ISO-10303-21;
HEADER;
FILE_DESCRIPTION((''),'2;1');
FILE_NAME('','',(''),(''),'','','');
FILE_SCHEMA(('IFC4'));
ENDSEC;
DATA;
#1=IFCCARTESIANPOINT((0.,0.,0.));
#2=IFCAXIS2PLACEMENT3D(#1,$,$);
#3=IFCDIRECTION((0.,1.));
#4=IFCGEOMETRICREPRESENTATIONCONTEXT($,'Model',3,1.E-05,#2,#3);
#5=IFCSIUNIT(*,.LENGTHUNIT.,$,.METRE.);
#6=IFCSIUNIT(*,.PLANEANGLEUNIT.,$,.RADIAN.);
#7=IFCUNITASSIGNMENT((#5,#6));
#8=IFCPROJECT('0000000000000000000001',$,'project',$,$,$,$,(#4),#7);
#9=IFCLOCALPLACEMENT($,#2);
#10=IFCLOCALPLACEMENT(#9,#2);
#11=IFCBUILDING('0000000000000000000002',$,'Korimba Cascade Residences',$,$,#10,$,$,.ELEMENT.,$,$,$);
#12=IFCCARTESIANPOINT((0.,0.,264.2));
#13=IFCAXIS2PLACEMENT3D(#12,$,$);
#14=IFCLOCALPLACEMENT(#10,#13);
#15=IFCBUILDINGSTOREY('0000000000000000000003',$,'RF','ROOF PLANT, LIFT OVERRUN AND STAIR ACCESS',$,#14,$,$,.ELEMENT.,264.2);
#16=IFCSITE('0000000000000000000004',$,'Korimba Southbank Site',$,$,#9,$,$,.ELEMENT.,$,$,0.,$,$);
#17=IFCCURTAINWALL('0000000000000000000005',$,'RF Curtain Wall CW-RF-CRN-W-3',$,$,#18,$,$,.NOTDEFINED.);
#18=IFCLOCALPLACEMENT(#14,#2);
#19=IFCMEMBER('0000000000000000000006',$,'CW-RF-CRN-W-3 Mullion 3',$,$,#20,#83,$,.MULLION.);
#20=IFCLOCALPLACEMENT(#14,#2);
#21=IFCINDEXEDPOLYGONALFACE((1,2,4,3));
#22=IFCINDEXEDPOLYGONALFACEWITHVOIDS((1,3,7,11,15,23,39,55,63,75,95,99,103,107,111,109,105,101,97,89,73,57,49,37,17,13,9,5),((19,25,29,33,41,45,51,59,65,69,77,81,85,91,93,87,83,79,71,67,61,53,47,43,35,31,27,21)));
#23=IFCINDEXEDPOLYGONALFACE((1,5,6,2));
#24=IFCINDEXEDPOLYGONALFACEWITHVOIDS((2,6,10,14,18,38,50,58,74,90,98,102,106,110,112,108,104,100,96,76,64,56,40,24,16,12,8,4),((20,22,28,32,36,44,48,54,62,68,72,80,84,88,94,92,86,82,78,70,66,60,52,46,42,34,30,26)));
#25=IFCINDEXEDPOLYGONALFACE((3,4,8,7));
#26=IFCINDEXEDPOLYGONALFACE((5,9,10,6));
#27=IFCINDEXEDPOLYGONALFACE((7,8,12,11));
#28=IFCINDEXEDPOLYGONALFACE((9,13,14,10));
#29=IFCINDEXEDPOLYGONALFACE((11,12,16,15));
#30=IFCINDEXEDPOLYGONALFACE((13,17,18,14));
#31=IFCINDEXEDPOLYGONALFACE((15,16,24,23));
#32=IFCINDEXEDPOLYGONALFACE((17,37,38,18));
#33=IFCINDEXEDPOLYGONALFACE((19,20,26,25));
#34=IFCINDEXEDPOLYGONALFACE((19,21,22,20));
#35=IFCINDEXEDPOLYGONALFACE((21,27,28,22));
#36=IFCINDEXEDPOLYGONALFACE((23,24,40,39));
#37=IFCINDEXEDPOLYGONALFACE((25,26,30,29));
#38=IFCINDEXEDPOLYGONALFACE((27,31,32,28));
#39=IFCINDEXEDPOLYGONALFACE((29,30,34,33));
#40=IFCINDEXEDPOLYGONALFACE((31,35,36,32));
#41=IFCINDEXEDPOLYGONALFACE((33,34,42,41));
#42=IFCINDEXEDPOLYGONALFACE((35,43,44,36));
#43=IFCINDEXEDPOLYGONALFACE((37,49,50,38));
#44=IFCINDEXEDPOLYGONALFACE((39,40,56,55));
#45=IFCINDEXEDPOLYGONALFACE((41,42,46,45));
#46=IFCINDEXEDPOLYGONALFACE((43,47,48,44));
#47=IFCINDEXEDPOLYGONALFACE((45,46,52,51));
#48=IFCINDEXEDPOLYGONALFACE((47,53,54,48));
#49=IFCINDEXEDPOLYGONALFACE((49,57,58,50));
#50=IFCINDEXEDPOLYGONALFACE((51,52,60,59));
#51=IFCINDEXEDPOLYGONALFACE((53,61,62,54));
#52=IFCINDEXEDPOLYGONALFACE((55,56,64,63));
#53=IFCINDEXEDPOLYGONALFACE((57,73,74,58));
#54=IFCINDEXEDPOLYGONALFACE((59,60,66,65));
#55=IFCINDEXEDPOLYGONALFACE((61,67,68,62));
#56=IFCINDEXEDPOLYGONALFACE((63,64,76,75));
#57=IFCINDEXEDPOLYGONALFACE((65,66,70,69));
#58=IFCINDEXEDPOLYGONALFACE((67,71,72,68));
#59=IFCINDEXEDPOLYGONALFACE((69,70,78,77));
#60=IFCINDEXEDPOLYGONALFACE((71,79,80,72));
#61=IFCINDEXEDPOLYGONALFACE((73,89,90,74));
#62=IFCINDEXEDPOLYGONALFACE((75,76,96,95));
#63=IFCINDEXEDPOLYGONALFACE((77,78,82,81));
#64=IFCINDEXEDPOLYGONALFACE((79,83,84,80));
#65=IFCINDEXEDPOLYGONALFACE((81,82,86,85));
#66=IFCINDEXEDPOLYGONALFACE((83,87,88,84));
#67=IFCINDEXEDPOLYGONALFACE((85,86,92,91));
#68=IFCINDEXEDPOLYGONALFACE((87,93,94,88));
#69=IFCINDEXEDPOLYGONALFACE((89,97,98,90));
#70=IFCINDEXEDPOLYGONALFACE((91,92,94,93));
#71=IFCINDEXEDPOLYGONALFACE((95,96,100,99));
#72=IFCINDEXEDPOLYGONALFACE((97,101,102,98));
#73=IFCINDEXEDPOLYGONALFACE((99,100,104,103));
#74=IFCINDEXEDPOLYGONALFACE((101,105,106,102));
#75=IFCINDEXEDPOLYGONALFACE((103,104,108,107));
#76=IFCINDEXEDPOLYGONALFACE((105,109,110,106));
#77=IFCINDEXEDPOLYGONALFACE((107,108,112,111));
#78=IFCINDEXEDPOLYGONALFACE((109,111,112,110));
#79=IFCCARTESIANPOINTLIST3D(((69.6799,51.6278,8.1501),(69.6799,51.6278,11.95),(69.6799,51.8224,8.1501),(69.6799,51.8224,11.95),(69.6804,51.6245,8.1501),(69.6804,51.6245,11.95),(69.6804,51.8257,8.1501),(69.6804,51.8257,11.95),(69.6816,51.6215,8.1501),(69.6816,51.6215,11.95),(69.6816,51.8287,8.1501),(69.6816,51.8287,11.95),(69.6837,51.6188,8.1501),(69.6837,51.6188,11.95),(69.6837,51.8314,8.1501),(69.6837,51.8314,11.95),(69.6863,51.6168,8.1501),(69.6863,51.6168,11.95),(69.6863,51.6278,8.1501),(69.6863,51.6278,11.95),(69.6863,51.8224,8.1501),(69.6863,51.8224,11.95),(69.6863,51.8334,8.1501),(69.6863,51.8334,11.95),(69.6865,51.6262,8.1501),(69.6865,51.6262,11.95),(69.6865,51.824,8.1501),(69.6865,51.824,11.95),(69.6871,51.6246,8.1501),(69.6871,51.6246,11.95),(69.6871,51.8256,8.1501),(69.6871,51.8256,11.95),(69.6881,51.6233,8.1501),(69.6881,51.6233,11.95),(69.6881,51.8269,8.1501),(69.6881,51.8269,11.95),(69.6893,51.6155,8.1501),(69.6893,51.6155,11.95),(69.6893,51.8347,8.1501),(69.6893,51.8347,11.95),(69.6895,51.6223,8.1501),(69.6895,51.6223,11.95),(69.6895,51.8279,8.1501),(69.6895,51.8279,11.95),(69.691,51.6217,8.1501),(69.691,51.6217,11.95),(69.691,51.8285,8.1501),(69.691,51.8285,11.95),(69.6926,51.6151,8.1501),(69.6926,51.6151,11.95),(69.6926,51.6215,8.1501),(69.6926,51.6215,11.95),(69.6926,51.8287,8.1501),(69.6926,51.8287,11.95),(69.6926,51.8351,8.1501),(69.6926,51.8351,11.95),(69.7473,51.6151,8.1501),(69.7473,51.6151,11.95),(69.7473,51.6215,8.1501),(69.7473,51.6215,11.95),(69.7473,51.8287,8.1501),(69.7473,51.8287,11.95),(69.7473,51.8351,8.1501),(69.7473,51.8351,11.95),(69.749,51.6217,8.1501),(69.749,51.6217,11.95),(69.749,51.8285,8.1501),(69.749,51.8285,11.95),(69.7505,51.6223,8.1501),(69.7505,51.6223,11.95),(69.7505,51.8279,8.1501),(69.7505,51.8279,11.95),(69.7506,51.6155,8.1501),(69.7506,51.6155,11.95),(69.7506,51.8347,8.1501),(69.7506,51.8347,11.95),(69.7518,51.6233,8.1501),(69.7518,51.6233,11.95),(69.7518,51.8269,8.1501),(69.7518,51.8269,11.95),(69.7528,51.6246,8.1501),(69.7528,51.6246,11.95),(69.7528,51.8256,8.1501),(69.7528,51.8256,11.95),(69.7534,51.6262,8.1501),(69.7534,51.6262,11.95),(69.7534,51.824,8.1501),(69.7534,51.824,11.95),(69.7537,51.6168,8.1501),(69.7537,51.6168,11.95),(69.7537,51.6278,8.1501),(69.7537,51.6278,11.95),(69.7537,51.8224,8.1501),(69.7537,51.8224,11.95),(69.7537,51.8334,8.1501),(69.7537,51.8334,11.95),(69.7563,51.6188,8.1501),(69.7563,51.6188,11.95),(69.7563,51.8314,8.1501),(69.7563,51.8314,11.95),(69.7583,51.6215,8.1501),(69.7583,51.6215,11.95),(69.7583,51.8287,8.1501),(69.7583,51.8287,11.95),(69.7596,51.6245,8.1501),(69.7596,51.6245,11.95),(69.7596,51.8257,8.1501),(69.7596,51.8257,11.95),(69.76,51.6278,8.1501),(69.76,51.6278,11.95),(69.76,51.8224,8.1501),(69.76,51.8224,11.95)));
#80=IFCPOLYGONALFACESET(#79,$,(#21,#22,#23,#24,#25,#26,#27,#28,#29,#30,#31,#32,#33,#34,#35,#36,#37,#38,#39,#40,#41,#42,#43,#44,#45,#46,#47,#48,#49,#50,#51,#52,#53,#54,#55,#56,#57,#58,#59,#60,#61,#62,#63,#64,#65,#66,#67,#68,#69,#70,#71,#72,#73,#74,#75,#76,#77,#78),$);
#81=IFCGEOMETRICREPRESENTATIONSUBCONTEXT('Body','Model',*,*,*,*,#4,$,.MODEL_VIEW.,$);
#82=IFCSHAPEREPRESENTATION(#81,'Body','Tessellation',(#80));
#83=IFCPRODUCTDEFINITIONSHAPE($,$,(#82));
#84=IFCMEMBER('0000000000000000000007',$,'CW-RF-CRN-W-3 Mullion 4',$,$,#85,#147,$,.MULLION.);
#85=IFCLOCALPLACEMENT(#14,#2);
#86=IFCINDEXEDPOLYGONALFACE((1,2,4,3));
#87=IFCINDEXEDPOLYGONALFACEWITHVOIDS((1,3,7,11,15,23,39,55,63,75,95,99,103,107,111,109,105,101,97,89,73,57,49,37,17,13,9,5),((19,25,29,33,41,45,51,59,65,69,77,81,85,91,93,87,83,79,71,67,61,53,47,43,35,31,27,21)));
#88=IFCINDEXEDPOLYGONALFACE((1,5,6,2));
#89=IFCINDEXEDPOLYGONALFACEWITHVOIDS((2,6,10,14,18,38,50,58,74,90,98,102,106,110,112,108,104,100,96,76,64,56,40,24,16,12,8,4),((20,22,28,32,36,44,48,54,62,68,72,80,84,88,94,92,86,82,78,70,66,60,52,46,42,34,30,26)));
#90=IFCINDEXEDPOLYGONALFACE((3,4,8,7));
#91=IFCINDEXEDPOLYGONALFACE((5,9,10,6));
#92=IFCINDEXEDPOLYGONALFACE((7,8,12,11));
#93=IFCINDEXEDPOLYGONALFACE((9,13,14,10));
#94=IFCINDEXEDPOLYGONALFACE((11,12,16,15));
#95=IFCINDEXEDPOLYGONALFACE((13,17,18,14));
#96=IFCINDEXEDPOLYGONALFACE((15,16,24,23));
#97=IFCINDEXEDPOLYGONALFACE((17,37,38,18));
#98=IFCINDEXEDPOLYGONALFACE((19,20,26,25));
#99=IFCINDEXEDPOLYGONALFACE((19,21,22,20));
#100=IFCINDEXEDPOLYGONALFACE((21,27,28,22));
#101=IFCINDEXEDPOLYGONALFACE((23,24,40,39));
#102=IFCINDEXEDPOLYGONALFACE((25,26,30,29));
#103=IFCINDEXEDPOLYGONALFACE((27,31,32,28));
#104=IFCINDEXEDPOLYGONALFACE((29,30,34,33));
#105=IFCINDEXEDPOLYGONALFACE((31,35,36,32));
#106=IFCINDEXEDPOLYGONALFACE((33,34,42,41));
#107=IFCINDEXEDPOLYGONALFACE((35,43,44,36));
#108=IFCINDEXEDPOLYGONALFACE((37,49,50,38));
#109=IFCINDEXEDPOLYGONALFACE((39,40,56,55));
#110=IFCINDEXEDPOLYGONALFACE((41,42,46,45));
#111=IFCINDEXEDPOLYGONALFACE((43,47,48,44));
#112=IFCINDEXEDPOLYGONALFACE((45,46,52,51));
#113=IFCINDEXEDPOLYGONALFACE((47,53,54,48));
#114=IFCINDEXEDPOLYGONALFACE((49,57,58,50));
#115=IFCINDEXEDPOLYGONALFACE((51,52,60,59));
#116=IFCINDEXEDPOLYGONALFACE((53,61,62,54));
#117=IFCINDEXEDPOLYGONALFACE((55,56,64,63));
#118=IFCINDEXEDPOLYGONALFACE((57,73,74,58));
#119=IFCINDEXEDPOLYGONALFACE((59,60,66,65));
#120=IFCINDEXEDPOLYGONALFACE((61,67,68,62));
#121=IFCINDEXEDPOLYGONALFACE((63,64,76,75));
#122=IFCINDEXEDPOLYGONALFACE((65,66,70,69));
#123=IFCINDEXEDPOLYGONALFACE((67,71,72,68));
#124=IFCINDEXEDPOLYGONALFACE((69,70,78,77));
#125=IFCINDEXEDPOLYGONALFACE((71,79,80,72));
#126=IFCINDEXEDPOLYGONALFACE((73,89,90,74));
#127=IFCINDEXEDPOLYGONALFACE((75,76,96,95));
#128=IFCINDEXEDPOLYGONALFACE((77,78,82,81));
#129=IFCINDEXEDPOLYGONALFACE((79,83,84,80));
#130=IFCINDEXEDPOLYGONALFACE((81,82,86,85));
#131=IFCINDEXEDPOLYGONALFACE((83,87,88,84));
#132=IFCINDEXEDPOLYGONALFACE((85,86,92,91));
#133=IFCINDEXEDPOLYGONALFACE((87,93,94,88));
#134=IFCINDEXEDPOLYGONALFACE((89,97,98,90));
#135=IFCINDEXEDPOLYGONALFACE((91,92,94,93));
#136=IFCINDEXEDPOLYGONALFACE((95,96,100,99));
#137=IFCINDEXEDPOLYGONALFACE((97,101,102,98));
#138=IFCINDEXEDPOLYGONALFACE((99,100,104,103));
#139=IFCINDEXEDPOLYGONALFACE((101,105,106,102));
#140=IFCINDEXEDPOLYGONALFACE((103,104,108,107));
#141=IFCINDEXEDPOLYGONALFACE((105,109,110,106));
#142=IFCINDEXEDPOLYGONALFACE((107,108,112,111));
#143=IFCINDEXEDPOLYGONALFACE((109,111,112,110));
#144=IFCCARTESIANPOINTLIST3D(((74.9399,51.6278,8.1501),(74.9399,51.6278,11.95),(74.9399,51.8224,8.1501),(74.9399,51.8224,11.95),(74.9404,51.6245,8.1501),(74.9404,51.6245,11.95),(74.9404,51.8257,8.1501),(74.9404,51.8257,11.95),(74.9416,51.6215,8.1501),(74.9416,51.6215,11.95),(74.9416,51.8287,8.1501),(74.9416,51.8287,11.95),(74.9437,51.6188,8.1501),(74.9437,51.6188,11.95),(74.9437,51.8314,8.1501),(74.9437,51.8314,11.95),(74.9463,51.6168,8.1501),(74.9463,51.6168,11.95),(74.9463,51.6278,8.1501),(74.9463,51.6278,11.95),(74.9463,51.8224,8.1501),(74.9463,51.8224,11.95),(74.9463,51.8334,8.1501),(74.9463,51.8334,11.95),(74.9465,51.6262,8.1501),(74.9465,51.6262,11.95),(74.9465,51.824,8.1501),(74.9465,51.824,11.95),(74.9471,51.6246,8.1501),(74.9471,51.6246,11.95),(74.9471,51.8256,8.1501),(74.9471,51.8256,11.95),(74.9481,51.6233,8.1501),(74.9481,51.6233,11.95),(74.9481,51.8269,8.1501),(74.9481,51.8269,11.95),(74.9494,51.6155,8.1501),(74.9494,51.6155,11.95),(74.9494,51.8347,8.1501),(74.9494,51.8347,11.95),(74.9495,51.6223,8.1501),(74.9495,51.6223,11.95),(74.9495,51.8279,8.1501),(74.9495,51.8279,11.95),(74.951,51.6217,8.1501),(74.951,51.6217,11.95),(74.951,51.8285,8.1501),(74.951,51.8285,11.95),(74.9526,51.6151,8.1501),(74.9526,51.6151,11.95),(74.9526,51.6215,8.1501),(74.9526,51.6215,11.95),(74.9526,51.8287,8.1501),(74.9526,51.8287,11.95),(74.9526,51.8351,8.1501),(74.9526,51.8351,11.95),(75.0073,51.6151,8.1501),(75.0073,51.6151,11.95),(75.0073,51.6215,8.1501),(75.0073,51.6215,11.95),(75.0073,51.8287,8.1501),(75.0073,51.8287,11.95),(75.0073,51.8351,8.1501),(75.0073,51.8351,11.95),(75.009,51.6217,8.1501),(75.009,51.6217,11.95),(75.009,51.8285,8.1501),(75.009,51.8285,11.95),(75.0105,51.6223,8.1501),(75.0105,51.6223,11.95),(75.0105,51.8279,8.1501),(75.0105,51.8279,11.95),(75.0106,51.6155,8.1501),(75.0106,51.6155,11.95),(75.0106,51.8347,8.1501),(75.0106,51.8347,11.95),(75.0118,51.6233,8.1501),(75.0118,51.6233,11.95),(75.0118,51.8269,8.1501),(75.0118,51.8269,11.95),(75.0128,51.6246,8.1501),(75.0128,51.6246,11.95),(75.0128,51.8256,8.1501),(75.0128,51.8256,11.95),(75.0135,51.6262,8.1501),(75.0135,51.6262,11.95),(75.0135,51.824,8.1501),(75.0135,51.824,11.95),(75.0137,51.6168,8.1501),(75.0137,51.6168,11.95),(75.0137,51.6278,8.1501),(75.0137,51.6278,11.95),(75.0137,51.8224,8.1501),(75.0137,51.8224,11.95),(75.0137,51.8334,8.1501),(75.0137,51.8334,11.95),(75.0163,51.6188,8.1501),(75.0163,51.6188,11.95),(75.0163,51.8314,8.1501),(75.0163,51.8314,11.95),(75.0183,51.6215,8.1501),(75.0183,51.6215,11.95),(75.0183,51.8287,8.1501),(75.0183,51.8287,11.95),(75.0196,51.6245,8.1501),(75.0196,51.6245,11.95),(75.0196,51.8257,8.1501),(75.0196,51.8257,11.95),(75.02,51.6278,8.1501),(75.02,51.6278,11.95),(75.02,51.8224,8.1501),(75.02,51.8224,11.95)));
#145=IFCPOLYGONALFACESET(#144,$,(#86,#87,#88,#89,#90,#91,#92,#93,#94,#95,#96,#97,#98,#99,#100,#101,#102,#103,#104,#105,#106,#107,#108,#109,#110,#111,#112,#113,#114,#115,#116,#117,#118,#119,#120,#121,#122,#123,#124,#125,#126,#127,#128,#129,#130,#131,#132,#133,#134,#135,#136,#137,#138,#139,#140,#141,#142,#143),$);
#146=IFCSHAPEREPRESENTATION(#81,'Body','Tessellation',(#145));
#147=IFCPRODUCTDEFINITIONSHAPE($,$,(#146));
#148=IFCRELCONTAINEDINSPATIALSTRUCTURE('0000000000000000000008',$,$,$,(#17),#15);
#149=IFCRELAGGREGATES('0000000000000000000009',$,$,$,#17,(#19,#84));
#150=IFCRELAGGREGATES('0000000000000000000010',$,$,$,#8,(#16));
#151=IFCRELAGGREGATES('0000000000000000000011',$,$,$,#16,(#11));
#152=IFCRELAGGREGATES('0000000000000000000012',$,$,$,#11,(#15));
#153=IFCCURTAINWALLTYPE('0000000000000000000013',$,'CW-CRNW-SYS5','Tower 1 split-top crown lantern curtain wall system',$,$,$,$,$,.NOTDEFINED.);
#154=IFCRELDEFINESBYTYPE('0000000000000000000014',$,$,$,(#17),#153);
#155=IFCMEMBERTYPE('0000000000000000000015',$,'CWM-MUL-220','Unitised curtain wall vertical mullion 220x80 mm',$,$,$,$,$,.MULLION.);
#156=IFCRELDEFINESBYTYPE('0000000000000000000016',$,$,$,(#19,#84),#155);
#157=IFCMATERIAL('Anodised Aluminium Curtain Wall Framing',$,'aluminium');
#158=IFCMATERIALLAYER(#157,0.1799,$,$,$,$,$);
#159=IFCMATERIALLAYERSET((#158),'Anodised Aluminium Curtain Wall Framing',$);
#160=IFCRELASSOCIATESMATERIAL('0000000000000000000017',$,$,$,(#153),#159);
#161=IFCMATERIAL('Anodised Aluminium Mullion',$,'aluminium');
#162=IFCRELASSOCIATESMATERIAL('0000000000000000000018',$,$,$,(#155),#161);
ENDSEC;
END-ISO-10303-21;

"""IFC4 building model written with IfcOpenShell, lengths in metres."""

from ifc_helpers import new_model, si_unit, direction, frame, origin, origin_2d, place, context, subcontext, project, spatial, hollow_rectangle, extrude, material, layer, layer_set, material_profile, profile_set, type_object, element, aggregate, save


model = new_model("IFC4")

# Units and contexts
model_context = context("Model", 3, precision=1e-05, world=origin(), true_north=direction((0.0, 1.0)))
body_context = subcontext(model_context, "Body", "Model", "MODEL_VIEW")
ifc_project = project(units=[si_unit("LENGTHUNIT", "METRE"), si_unit("PLANEANGLEUNIT", "RADIAN")], contexts=[model_context])

# Site, building, storey
site_placement = place(None, origin())
site = spatial("IfcSite", under=ifc_project, at=site_placement, Name="Korimba Southbank Site", CompositionType="ELEMENT", RefElevation=0.0)
building_placement = place(site_placement, origin())
building = spatial("IfcBuilding", under=site, at=building_placement, Name="Korimba Cascade Residences", CompositionType="ELEMENT")
storey_placement = place(building_placement, frame((0.0, 0.0, 264.2)))
storey = spatial("IfcBuildingStorey", under=building, at=storey_placement, Name="RF", Description="ROOF PLANT, LIFT OVERRUN AND STAIR ACCESS", CompositionType="ELEMENT", Elevation=264.2)

# Curtain wall, members
ifc_material_1 = material(Name="Anodised Aluminium Curtain Wall Framing", Category="aluminium")
ifc_layer_1 = layer(ifc_material_1, 0.1799)
ifc_layer_set_1 = layer_set([ifc_layer_1], Name="Anodised Aluminium Curtain Wall Framing")
curtain_wall_type = type_object("IfcCurtainWallType", Name="CW-CRNW-SYS5", Description="Tower 1 split-top crown lantern curtain wall system", PredefinedType="NOTDEFINED", material=ifc_layer_set_1)
curtain_wall_placement = place(storey_placement, origin())
curtain_wall = element("IfcCurtainWall", 1, at=curtain_wall_placement, inside=storey, type_object=curtain_wall_type, Name="RF Curtain Wall CW-RF-CRN-W-3", PredefinedType="NOTDEFINED")
ifc_material_2 = material(Name="Anodised Aluminium Mullion", Category="aluminium")
ifc_material_profile_1 = material_profile(ifc_material_2, hollow_rectangle(XDim=0.0801, YDim=0.22, WallThickness=0.0063, InnerFilletRadius=0.0063, OuterFilletRadius=0.0127, at=origin_2d()), Name="Anodised Aluminium Mullion")
ifc_profile_set_1 = profile_set([ifc_material_profile_1], Name="Anodised Aluminium Mullion")
member_type_1 = type_object("IfcMemberType", Name="CWM-MUL-220", Description="Unitised curtain wall vertical mullion 220x80 mm", PredefinedType="MULLION", material=ifc_profile_set_1)
member_1_placement = place(storey_placement, frame((69.72, 51.7251, 8.1501), z_axis=(0.0, 0.0, 1.0), x_axis=(1.0, 0.0, 0.0)))
member_1 = element("IfcMember", 2, at=member_1_placement, type_object=member_type_1, Name="CW-RF-CRN-W-3 Mullion 3", PredefinedType="MULLION", context=body_context, shape_type="SweptSolid", body=[
    extrude(hollow_rectangle(XDim=0.0801, YDim=0.22, WallThickness=0.0063, InnerFilletRadius=0.0063, OuterFilletRadius=0.0127, at=origin_2d()), origin(), (0.0, 0.0, 1.0), 3.7998),
])
member_2_placement = place(storey_placement, frame((74.98, 51.7251, 8.1501), z_axis=(0.0, 0.0, 1.0), x_axis=(1.0, 0.0, 0.0)))
member_2 = element("IfcMember", 3, at=member_2_placement, type_object=member_type_1, Name="CW-RF-CRN-W-3 Mullion 4", PredefinedType="MULLION", context=body_context, shape_type="SweptSolid", body=[
    extrude(hollow_rectangle(XDim=0.0801, YDim=0.22, WallThickness=0.0063, InnerFilletRadius=0.0063, OuterFilletRadius=0.0127, at=origin_2d()), origin(), (0.0, 0.0, 1.0), 3.7998),
])

aggregate(curtain_wall, [member_1, member_2])

save(model, "model.ifc")
